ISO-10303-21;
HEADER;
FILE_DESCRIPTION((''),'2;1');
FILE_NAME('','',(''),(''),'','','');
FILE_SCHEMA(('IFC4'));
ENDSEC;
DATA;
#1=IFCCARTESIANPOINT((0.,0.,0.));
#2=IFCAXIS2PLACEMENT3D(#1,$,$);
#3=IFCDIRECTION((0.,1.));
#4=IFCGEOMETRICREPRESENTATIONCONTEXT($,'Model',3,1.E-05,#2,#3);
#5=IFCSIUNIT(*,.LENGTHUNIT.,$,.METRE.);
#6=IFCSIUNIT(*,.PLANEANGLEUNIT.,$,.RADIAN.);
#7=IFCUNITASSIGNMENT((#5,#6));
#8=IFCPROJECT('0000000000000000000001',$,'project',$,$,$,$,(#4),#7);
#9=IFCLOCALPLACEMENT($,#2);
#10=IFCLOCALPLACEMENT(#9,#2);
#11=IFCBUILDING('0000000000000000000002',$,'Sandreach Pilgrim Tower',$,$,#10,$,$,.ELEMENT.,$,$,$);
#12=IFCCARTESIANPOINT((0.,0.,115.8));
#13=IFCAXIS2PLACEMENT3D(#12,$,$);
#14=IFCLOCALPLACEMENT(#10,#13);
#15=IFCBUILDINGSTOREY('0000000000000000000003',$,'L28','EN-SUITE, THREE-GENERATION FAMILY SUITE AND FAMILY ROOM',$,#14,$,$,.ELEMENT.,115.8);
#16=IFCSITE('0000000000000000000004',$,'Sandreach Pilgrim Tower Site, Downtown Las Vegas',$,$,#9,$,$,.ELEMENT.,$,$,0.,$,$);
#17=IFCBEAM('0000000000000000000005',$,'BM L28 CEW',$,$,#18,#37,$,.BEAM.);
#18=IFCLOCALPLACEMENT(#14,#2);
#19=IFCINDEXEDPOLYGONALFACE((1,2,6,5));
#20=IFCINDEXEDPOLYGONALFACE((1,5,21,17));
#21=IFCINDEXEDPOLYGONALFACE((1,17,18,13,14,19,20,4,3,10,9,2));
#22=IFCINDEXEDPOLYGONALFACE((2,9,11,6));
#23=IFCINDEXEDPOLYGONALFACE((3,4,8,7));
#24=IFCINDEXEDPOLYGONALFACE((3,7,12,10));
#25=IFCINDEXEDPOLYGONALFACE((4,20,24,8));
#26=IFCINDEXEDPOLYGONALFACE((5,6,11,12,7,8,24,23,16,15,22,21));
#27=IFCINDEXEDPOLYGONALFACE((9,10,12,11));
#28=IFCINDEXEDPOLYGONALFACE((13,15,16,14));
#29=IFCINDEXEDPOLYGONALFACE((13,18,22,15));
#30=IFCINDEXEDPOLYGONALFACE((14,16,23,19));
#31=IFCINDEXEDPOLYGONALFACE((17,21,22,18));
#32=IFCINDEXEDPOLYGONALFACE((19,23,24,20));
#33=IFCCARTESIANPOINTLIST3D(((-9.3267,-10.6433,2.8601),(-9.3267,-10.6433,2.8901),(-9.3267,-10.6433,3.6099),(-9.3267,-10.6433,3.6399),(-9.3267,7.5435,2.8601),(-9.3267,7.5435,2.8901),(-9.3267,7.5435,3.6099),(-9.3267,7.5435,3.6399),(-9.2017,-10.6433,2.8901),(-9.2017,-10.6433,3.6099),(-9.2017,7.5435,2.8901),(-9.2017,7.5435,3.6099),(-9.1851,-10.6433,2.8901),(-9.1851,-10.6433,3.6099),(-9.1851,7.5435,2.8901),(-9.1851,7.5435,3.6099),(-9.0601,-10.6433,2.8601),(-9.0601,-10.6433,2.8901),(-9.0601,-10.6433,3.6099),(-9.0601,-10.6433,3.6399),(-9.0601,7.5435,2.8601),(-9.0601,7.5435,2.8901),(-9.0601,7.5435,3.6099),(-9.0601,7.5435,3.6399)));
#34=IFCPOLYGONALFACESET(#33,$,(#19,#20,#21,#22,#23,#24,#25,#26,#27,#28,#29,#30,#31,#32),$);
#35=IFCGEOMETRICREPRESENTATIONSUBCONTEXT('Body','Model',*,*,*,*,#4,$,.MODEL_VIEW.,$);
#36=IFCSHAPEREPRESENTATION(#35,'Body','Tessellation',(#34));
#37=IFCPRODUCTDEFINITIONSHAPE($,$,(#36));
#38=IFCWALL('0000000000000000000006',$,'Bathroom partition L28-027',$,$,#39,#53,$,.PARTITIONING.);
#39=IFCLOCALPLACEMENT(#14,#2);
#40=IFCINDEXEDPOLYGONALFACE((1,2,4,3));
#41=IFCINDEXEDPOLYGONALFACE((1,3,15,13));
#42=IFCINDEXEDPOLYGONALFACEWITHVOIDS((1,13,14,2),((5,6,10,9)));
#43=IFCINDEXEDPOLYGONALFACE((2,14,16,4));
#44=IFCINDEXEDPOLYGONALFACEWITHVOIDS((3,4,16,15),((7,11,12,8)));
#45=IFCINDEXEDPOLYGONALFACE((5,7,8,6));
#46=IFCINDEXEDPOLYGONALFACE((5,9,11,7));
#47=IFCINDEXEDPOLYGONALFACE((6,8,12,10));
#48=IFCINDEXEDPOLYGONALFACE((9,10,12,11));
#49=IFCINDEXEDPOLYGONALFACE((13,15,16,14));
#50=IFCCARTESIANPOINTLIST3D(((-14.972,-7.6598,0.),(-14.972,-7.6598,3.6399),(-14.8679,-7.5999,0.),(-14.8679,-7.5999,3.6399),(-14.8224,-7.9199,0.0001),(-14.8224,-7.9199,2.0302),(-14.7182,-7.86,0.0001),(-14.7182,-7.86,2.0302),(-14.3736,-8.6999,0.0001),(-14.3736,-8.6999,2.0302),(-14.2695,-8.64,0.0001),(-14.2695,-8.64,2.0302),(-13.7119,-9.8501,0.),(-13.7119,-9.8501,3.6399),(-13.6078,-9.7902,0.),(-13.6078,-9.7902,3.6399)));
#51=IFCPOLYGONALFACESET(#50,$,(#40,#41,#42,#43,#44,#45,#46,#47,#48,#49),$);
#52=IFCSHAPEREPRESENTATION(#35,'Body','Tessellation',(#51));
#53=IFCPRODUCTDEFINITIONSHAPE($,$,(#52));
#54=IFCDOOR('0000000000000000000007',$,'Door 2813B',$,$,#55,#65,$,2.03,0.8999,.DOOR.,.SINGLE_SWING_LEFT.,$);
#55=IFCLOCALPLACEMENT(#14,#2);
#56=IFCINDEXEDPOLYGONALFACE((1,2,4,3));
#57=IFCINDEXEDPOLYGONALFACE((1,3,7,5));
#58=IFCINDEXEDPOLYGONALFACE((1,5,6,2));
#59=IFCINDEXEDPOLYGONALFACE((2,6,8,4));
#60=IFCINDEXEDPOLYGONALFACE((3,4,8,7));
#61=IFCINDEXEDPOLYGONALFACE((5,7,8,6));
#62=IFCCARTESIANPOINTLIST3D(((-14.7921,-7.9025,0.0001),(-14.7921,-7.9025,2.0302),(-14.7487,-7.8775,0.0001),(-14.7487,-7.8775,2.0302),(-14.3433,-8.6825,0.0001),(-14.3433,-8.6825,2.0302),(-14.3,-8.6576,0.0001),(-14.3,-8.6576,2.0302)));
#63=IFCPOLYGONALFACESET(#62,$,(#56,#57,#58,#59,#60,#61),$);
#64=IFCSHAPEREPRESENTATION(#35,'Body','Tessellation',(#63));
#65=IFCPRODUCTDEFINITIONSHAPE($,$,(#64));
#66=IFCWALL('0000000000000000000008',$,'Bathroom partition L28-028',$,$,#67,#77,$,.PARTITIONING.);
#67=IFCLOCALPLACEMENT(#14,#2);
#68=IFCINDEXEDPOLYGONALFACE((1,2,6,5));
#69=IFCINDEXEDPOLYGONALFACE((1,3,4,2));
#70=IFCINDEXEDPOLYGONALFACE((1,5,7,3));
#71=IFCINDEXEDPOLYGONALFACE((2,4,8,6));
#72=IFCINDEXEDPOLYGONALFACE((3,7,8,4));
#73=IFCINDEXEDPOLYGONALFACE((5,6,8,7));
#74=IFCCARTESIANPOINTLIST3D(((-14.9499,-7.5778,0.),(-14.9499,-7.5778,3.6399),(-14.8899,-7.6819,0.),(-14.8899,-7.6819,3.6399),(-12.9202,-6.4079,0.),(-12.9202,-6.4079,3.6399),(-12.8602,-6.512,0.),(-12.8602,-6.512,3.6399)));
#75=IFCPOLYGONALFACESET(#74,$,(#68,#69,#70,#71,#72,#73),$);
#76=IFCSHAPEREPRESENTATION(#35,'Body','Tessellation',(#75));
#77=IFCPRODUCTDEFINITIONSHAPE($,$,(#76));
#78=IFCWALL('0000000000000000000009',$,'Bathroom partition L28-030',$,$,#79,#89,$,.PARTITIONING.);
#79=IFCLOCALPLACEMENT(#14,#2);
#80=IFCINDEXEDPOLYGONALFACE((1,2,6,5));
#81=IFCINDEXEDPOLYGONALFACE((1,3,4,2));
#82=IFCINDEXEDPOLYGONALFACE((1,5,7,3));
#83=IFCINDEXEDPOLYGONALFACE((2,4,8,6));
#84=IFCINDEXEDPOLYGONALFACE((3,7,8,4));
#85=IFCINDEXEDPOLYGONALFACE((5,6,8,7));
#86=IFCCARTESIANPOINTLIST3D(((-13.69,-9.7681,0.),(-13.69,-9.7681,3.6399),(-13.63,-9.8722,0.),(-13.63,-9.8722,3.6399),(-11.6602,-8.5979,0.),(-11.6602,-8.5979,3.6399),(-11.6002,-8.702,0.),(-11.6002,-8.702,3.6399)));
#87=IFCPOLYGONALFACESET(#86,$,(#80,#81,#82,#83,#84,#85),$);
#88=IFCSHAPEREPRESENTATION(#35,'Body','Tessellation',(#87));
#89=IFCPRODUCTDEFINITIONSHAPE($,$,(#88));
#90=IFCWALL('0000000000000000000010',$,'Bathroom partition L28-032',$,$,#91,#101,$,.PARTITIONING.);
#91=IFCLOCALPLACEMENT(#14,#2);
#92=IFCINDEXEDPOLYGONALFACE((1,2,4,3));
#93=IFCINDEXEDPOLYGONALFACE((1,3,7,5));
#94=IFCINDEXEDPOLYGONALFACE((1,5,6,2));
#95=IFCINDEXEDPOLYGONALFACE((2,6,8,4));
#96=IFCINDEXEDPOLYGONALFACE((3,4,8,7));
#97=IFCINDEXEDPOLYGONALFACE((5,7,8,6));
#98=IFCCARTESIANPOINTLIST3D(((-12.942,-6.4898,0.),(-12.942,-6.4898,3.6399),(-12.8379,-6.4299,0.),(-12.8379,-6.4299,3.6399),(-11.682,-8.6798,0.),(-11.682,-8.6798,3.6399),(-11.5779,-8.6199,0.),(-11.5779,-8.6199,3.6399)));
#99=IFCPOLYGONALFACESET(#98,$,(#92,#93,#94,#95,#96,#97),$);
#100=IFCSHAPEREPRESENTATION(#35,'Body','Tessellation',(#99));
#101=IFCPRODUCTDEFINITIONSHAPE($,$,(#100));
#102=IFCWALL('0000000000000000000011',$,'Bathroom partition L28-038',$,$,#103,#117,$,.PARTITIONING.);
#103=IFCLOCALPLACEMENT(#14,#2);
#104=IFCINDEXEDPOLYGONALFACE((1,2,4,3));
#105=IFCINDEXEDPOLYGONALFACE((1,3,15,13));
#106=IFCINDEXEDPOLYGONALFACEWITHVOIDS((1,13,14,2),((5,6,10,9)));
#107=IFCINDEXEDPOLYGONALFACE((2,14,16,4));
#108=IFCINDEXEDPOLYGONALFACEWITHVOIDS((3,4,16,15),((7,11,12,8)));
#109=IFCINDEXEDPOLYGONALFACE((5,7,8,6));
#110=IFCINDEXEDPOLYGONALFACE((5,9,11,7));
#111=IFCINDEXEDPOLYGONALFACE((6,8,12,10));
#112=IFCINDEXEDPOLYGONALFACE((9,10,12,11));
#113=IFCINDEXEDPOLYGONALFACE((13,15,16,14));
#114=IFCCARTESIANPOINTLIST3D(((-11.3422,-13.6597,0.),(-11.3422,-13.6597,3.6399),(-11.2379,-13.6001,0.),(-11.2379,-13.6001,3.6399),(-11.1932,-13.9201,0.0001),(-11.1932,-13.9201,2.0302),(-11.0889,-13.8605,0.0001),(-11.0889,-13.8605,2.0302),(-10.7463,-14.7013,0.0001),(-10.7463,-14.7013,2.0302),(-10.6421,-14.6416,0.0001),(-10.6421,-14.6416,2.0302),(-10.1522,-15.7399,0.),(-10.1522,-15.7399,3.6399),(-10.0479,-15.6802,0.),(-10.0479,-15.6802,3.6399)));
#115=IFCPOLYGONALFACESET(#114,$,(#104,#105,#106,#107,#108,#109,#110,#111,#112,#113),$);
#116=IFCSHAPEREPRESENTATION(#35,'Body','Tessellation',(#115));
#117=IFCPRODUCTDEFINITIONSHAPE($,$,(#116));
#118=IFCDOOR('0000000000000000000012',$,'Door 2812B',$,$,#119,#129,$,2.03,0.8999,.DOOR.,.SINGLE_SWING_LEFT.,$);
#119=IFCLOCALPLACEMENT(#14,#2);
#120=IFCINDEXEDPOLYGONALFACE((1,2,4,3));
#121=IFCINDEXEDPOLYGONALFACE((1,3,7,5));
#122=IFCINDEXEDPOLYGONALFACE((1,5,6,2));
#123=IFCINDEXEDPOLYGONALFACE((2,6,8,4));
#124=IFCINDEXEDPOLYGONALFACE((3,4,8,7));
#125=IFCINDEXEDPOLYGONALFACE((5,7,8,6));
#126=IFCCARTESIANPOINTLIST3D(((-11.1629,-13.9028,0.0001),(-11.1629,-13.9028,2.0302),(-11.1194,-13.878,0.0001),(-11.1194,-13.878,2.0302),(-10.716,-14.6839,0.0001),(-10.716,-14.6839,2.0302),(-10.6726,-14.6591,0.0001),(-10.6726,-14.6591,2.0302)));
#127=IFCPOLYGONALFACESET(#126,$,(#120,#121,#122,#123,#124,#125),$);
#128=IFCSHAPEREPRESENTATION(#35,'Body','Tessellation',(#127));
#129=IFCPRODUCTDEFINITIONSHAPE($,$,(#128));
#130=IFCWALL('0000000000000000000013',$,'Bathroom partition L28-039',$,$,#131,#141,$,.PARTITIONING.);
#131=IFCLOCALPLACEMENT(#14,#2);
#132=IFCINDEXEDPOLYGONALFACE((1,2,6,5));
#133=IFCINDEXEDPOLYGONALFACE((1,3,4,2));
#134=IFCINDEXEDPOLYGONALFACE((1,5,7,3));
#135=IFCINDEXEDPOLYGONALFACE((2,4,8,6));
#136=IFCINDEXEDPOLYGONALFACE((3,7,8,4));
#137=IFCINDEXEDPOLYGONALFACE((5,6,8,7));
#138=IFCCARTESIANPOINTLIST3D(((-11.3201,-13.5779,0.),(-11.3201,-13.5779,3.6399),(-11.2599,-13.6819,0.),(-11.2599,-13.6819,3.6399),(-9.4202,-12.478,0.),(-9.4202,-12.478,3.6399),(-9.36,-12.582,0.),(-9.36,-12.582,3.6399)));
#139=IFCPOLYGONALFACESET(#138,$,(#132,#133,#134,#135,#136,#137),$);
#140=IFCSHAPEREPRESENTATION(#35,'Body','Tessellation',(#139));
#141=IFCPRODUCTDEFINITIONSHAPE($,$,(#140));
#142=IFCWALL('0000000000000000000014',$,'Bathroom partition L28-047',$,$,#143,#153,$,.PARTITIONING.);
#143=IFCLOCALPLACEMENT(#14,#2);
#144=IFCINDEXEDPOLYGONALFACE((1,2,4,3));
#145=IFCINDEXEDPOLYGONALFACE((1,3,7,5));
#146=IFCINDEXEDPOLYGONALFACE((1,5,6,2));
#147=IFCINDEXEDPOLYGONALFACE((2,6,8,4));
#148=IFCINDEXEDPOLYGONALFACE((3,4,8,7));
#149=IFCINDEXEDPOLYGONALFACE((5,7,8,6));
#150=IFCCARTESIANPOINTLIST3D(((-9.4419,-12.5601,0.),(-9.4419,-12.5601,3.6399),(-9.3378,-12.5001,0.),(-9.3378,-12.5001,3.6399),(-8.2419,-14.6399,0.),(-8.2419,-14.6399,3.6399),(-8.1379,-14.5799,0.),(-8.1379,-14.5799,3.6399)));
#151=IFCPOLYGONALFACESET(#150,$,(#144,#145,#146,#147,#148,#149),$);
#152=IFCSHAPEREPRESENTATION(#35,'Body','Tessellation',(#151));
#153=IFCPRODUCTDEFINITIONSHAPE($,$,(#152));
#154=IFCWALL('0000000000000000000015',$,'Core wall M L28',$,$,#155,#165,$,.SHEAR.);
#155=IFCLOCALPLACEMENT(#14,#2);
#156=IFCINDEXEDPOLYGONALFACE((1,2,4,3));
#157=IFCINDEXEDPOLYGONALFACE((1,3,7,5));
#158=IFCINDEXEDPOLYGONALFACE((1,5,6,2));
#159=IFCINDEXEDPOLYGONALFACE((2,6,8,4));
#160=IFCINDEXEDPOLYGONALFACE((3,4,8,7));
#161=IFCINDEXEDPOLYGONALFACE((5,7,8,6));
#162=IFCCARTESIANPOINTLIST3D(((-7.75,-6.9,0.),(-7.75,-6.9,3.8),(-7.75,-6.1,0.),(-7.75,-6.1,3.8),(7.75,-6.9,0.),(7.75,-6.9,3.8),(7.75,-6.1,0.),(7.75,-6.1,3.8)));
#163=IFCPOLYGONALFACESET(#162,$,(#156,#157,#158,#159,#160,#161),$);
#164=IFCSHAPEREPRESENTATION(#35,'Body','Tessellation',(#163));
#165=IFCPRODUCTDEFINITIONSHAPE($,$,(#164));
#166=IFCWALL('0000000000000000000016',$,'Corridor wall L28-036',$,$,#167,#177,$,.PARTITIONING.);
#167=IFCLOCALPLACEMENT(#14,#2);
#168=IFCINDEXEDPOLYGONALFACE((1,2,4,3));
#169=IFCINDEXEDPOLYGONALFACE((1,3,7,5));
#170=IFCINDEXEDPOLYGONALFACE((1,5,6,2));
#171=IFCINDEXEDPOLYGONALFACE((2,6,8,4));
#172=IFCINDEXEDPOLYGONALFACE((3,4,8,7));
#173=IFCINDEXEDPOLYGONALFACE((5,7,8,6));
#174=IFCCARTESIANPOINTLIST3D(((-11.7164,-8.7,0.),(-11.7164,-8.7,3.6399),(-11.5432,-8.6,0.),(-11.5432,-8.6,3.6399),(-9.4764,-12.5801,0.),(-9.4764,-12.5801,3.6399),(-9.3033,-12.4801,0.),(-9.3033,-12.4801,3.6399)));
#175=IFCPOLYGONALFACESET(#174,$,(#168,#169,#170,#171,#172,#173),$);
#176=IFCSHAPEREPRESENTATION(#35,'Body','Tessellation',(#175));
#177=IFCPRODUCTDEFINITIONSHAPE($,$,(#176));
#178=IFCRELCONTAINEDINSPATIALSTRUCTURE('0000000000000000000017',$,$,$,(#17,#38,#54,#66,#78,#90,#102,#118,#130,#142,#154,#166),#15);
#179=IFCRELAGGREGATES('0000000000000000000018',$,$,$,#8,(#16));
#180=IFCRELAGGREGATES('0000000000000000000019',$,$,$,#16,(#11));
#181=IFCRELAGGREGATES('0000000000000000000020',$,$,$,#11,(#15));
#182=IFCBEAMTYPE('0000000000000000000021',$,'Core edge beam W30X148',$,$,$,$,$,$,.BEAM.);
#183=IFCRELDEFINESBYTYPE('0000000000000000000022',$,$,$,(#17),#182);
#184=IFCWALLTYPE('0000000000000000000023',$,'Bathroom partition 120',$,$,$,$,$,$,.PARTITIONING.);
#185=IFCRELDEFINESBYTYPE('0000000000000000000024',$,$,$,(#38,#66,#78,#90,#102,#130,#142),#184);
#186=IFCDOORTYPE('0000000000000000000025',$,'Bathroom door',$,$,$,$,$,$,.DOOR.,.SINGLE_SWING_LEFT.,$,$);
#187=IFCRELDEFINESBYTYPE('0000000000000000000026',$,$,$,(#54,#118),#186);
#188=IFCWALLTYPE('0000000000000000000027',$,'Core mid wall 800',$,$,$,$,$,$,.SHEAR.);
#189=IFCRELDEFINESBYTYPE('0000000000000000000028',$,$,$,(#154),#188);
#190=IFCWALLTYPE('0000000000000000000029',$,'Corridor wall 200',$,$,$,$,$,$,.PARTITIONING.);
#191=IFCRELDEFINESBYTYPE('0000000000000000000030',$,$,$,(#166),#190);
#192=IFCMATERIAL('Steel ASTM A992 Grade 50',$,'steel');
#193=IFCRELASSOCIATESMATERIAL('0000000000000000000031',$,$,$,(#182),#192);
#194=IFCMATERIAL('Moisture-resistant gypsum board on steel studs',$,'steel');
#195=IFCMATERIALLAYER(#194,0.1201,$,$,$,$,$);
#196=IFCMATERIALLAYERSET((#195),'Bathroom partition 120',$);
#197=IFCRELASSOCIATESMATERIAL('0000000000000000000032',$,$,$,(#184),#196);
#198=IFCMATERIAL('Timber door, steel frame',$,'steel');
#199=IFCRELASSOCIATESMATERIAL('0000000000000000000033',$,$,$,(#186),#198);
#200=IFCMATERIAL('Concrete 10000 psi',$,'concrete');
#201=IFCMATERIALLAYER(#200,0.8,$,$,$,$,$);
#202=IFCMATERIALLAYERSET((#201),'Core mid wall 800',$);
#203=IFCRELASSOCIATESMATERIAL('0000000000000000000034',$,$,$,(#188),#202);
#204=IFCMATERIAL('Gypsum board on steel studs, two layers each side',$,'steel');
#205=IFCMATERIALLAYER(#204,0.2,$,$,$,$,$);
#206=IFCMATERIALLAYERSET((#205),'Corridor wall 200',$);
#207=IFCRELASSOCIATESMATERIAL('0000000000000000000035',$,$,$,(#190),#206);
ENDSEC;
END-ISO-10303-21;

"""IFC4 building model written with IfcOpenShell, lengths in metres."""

from ifc_helpers import new_model, si_unit, direction, frame, frame_2d, origin, origin_2d, place, context, subcontext, project, spatial, rectangle, i_section, extrude, material, layer, layer_set, material_profile, profile_set, type_object, element, fill, save


model = new_model("IFC4")

# Units and contexts
model_context = context("Model", 3, precision=1e-05, world=origin(), true_north=direction((0.0, 1.0)))
body_context = subcontext(model_context, "Body", "Model", "MODEL_VIEW")
ifc_project = project(units=[si_unit("LENGTHUNIT", "METRE"), si_unit("PLANEANGLEUNIT", "RADIAN")], contexts=[model_context])

# Site, building, storey
site_placement = place(None, origin())
site = spatial("IfcSite", under=ifc_project, at=site_placement, Name="Sandreach Pilgrim Tower Site, Downtown Las Vegas", CompositionType="ELEMENT", RefElevation=0.0)
building_placement = place(site_placement, origin())
building = spatial("IfcBuilding", under=site, at=building_placement, Name="Sandreach Pilgrim Tower", CompositionType="ELEMENT")
storey_placement = place(building_placement, frame((0.0, 0.0, 115.8)))
storey = spatial("IfcBuildingStorey", under=building, at=storey_placement, Name="L28", Description="EN-SUITE, THREE-GENERATION FAMILY SUITE AND FAMILY ROOM", CompositionType="ELEMENT", Elevation=115.8)

# Beam
ifc_material_1 = material(Name="Steel ASTM A992 Grade 50", Category="steel")
ifc_material_profile = material_profile(ifc_material_1, i_section(OverallWidth=0.2666, OverallDepth=0.7798, WebThickness=0.0166, FlangeThickness=0.03, at=origin_2d()), Name="W30X148")
ifc_profile_set = profile_set([ifc_material_profile], Name="Steel ASTM A992 Grade 50")
beam_type = type_object("IfcBeamType", Name="Core edge beam W30X148", PredefinedType="BEAM", material=ifc_profile_set)
beam_placement = place(storey_placement, frame((-9.1934, -10.6433, 3.25), z_axis=(0.0, 1.0, 0.0), x_axis=(-1.0, 0.0, 0.0)))
element("IfcBeam", 1, at=beam_placement, inside=storey, type_object=beam_type, Name="BM L28 CEW", PredefinedType="BEAM", context=body_context, shape_type="SweptSolid", body=[
    extrude(i_section(OverallWidth=0.2666, OverallDepth=0.7798, WebThickness=0.0166, FlangeThickness=0.03, at=origin_2d()), origin(), (0.0, 0.0, 1.0), 18.1868),
])

# Wall, opening, door
ifc_material_2 = material(Name="Moisture-resistant gypsum board on steel studs", Category="steel")
ifc_layer_1 = layer(ifc_material_2, 0.1201)
ifc_layer_set_1 = layer_set([ifc_layer_1], Name="Bathroom partition 120")
wall_type_1 = type_object("IfcWallType", Name="Bathroom partition 120", PredefinedType="PARTITIONING", material=ifc_layer_set_1)
wall_1_placement = place(storey_placement, frame((-14.9199, -7.6299, 0.0), z_axis=(0.0, 0.0, 1.0), x_axis=(0.498665, -0.866795, 0.0)))
wall_1 = element("IfcWall", 2, at=wall_1_placement, inside=storey, type_object=wall_type_1, Name="Bathroom partition L28-027", PredefinedType="PARTITIONING", context=body_context, shape_type="SweptSolid", body=[
    extrude(rectangle(XDim=2.5269, YDim=0.1201, at=frame_2d((1.2634, 0.0))), origin(), (0.0, 0.0, 1.0), 3.6399),
])
opening_1_placement = place(wall_1_placement, frame((0.3, 0.0, 0.0)))
opening_1 = element("IfcOpeningElement", 3, at=opening_1_placement, cuts=wall_1, PredefinedType="OPENING", context=body_context, shape_type="SweptSolid", body=[
    extrude(rectangle(XDim=0.8999, YDim=2.03, at=frame_2d((0.45, 1.0151))), frame((0.0, 0.0601, 0.0), z_axis=(0.0, -1.0, 0.0), x_axis=(1.0, 0.0, 0.0)), (0.0, 0.0, 1.0), 0.1201),
])
ifc_material_3 = material(Name="Timber door, steel frame", Category="steel")
door_type_1 = type_object("IfcDoorType", Name="Bathroom door", OperationType="SINGLE_SWING_LEFT", PredefinedType="DOOR", material=ifc_material_3)
door_1_placement = place(opening_1_placement, origin())
door_1 = element("IfcDoor", 4, at=door_1_placement, inside=storey, type_object=door_type_1, Name="Door 2813B", OperationType="SINGLE_SWING_LEFT", OverallHeight=2.03, OverallWidth=0.8999, PredefinedType="DOOR", context=body_context, shape_type="SweptSolid", body=[
    extrude(rectangle(XDim=0.8999, YDim=2.03, at=frame_2d((0.45, 1.0151))), frame((0.0, 0.0249, 0.0), z_axis=(0.0, -1.0, 0.0), x_axis=(1.0, 0.0, 0.0)), (0.0, 0.0, 1.0), 0.05),
])
fill(opening_1, door_1)

# Walls
wall_2_placement = place(storey_placement, frame((-14.9199, -7.6299, 0.0), z_axis=(0.0, 0.0, 1.0), x_axis=(0.86639, 0.499368, 0.0)))
element("IfcWall", 5, at=wall_2_placement, inside=storey, type_object=wall_type_1, Name="Bathroom partition L28-028", PredefinedType="PARTITIONING", context=body_context, shape_type="SweptSolid", body=[
    extrude(rectangle(XDim=2.3428, YDim=0.1201, at=frame_2d((1.1714, 0.0))), origin(), (0.0, 0.0, 1.0), 3.6399),
])
wall_3_placement = place(storey_placement, frame((-13.6599, -9.8201, 0.0), z_axis=(0.0, 0.0, 1.0), x_axis=(0.866345, 0.499446, 0.0)))
element("IfcWall", 6, at=wall_3_placement, inside=storey, type_object=wall_type_1, Name="Bathroom partition L28-030", PredefinedType="PARTITIONING", context=body_context, shape_type="SweptSolid", body=[
    extrude(rectangle(XDim=2.343, YDim=0.1201, at=frame_2d((1.1714, 0.0))), origin(), (0.0, 0.0, 1.0), 3.6399),
])
wall_4_placement = place(storey_placement, frame((-12.8899, -6.46, 0.0), z_axis=(0.0, 0.0, 1.0), x_axis=(0.498707, -0.866771, 0.0)))
element("IfcWall", 7, at=wall_4_placement, inside=storey, type_object=wall_type_1, Name="Bathroom partition L28-032", PredefinedType="PARTITIONING", context=body_context, shape_type="SweptSolid", body=[
    extrude(rectangle(XDim=2.5266, YDim=0.1201, at=frame_2d((1.2632, 0.0))), origin(), (0.0, 0.0, 1.0), 3.6399),
])

# Wall, opening, door
wall_5_placement = place(storey_placement, frame((-11.29, -13.6299, 0.0), z_axis=(0.0, 0.0, 1.0), x_axis=(0.496556, -0.868005, 0.0)))
wall_5 = element("IfcWall", 8, at=wall_5_placement, inside=storey, type_object=wall_type_1, Name="Bathroom partition L28-038", PredefinedType="PARTITIONING", context=body_context, shape_type="SweptSolid", body=[
    extrude(rectangle(XDim=2.3965, YDim=0.1201, at=frame_2d((1.1982, 0.0))), origin(), (0.0, 0.0, 1.0), 3.6399),
])
opening_2_placement = place(wall_5_placement, frame((0.3, 0.0, 0.0)))
opening_2 = element("IfcOpeningElement", 9, at=opening_2_placement, cuts=wall_5, PredefinedType="OPENING", context=body_context, shape_type="SweptSolid", body=[
    extrude(rectangle(XDim=0.8999, YDim=2.03, at=frame_2d((0.45, 1.0151))), frame((0.0, 0.0601, 0.0), z_axis=(0.0, -1.0, 0.0), x_axis=(1.0, 0.0, 0.0)), (0.0, 0.0, 1.0), 0.1201),
])
door_2_placement = place(opening_2_placement, origin())
door_2 = element("IfcDoor", 10, at=door_2_placement, inside=storey, type_object=door_type_1, Name="Door 2812B", OperationType="SINGLE_SWING_LEFT", OverallHeight=2.03, OverallWidth=0.8999, PredefinedType="DOOR", context=body_context, shape_type="SweptSolid", body=[
    extrude(rectangle(XDim=0.8999, YDim=2.03, at=frame_2d((0.45, 1.0151))), frame((0.0, 0.0249, 0.0), z_axis=(0.0, -1.0, 0.0), x_axis=(1.0, 0.0, 0.0)), (0.0, 0.0, 1.0), 0.05),
])
fill(opening_2, door_2)

# Walls
wall_6_placement = place(storey_placement, frame((-11.29, -13.6299, 0.0), z_axis=(0.0, 0.0, 1.0), x_axis=(0.865444, 0.501006, 0.0)))
element("IfcWall", 11, at=wall_6_placement, inside=storey, type_object=wall_type_1, Name="Bathroom partition L28-039", PredefinedType="PARTITIONING", context=body_context, shape_type="SweptSolid", body=[
    extrude(rectangle(XDim=2.1953, YDim=0.1201, at=frame_2d((1.0977, 0.0))), origin(), (0.0, 0.0, 1.0), 3.6399),
])
wall_7_placement = place(storey_placement, frame((-9.3899, -12.53, 0.0), z_axis=(0.0, 0.0, 1.0), x_axis=(0.499737, -0.866177, 0.0)))
element("IfcWall", 12, at=wall_7_placement, inside=storey, type_object=wall_type_1, Name="Bathroom partition L28-047", PredefinedType="PARTITIONING", context=body_context, shape_type="SweptSolid", body=[
    extrude(rectangle(XDim=2.4011, YDim=0.1201, at=frame_2d((1.2007, 0.0))), origin(), (0.0, 0.0, 1.0), 3.6399),
])
ifc_material_4 = material(Name="Concrete 10000 psi", Category="concrete")
ifc_layer_2 = layer(ifc_material_4, 0.8)
ifc_layer_set_2 = layer_set([ifc_layer_2], Name="Core mid wall 800")
wall_type_2 = type_object("IfcWallType", Name="Core mid wall 800", PredefinedType="SHEAR", material=ifc_layer_set_2)
wall_8_placement = place(storey_placement, frame((-7.75, -6.5, 0.0), z_axis=(0.0, 0.0, 1.0), x_axis=(1.0, 0.0, 0.0)))
element("IfcWall", 13, at=wall_8_placement, inside=storey, type_object=wall_type_2, Name="Core wall M L28", PredefinedType="SHEAR", context=body_context, shape_type="SweptSolid", body=[
    extrude(rectangle(XDim=15.5, YDim=0.8, at=frame_2d((7.75, 0.0))), origin(), (0.0, 0.0, 1.0), 3.8),
])

# Shared definitions
ifc_material_5 = material(Name="Gypsum board on steel studs, two layers each side", Category="steel")
ifc_layer_3 = layer(ifc_material_5, 0.2)
ifc_layer_set_3 = layer_set([ifc_layer_3], Name="Corridor wall 200")
wall_type_3 = type_object("IfcWallType", Name="Corridor wall 200", PredefinedType="PARTITIONING", material=ifc_layer_set_3)

# Wall
wall_9_placement = place(storey_placement, frame((-11.6299, -8.6499, 0.0), z_axis=(0.0, 0.0, 1.0), x_axis=(0.499966, -0.866045, 0.0)))
element("IfcWall", 14, at=wall_9_placement, inside=storey, type_object=wall_type_3, Name="Corridor wall L28-036", PredefinedType="PARTITIONING", context=body_context, shape_type="SweptSolid", body=[
    extrude(rectangle(XDim=4.4802, YDim=0.2, at=frame_2d((2.2402, 0.0))), origin(), (0.0, 0.0, 1.0), 3.6399),
])

save(model, "model.ifc")
